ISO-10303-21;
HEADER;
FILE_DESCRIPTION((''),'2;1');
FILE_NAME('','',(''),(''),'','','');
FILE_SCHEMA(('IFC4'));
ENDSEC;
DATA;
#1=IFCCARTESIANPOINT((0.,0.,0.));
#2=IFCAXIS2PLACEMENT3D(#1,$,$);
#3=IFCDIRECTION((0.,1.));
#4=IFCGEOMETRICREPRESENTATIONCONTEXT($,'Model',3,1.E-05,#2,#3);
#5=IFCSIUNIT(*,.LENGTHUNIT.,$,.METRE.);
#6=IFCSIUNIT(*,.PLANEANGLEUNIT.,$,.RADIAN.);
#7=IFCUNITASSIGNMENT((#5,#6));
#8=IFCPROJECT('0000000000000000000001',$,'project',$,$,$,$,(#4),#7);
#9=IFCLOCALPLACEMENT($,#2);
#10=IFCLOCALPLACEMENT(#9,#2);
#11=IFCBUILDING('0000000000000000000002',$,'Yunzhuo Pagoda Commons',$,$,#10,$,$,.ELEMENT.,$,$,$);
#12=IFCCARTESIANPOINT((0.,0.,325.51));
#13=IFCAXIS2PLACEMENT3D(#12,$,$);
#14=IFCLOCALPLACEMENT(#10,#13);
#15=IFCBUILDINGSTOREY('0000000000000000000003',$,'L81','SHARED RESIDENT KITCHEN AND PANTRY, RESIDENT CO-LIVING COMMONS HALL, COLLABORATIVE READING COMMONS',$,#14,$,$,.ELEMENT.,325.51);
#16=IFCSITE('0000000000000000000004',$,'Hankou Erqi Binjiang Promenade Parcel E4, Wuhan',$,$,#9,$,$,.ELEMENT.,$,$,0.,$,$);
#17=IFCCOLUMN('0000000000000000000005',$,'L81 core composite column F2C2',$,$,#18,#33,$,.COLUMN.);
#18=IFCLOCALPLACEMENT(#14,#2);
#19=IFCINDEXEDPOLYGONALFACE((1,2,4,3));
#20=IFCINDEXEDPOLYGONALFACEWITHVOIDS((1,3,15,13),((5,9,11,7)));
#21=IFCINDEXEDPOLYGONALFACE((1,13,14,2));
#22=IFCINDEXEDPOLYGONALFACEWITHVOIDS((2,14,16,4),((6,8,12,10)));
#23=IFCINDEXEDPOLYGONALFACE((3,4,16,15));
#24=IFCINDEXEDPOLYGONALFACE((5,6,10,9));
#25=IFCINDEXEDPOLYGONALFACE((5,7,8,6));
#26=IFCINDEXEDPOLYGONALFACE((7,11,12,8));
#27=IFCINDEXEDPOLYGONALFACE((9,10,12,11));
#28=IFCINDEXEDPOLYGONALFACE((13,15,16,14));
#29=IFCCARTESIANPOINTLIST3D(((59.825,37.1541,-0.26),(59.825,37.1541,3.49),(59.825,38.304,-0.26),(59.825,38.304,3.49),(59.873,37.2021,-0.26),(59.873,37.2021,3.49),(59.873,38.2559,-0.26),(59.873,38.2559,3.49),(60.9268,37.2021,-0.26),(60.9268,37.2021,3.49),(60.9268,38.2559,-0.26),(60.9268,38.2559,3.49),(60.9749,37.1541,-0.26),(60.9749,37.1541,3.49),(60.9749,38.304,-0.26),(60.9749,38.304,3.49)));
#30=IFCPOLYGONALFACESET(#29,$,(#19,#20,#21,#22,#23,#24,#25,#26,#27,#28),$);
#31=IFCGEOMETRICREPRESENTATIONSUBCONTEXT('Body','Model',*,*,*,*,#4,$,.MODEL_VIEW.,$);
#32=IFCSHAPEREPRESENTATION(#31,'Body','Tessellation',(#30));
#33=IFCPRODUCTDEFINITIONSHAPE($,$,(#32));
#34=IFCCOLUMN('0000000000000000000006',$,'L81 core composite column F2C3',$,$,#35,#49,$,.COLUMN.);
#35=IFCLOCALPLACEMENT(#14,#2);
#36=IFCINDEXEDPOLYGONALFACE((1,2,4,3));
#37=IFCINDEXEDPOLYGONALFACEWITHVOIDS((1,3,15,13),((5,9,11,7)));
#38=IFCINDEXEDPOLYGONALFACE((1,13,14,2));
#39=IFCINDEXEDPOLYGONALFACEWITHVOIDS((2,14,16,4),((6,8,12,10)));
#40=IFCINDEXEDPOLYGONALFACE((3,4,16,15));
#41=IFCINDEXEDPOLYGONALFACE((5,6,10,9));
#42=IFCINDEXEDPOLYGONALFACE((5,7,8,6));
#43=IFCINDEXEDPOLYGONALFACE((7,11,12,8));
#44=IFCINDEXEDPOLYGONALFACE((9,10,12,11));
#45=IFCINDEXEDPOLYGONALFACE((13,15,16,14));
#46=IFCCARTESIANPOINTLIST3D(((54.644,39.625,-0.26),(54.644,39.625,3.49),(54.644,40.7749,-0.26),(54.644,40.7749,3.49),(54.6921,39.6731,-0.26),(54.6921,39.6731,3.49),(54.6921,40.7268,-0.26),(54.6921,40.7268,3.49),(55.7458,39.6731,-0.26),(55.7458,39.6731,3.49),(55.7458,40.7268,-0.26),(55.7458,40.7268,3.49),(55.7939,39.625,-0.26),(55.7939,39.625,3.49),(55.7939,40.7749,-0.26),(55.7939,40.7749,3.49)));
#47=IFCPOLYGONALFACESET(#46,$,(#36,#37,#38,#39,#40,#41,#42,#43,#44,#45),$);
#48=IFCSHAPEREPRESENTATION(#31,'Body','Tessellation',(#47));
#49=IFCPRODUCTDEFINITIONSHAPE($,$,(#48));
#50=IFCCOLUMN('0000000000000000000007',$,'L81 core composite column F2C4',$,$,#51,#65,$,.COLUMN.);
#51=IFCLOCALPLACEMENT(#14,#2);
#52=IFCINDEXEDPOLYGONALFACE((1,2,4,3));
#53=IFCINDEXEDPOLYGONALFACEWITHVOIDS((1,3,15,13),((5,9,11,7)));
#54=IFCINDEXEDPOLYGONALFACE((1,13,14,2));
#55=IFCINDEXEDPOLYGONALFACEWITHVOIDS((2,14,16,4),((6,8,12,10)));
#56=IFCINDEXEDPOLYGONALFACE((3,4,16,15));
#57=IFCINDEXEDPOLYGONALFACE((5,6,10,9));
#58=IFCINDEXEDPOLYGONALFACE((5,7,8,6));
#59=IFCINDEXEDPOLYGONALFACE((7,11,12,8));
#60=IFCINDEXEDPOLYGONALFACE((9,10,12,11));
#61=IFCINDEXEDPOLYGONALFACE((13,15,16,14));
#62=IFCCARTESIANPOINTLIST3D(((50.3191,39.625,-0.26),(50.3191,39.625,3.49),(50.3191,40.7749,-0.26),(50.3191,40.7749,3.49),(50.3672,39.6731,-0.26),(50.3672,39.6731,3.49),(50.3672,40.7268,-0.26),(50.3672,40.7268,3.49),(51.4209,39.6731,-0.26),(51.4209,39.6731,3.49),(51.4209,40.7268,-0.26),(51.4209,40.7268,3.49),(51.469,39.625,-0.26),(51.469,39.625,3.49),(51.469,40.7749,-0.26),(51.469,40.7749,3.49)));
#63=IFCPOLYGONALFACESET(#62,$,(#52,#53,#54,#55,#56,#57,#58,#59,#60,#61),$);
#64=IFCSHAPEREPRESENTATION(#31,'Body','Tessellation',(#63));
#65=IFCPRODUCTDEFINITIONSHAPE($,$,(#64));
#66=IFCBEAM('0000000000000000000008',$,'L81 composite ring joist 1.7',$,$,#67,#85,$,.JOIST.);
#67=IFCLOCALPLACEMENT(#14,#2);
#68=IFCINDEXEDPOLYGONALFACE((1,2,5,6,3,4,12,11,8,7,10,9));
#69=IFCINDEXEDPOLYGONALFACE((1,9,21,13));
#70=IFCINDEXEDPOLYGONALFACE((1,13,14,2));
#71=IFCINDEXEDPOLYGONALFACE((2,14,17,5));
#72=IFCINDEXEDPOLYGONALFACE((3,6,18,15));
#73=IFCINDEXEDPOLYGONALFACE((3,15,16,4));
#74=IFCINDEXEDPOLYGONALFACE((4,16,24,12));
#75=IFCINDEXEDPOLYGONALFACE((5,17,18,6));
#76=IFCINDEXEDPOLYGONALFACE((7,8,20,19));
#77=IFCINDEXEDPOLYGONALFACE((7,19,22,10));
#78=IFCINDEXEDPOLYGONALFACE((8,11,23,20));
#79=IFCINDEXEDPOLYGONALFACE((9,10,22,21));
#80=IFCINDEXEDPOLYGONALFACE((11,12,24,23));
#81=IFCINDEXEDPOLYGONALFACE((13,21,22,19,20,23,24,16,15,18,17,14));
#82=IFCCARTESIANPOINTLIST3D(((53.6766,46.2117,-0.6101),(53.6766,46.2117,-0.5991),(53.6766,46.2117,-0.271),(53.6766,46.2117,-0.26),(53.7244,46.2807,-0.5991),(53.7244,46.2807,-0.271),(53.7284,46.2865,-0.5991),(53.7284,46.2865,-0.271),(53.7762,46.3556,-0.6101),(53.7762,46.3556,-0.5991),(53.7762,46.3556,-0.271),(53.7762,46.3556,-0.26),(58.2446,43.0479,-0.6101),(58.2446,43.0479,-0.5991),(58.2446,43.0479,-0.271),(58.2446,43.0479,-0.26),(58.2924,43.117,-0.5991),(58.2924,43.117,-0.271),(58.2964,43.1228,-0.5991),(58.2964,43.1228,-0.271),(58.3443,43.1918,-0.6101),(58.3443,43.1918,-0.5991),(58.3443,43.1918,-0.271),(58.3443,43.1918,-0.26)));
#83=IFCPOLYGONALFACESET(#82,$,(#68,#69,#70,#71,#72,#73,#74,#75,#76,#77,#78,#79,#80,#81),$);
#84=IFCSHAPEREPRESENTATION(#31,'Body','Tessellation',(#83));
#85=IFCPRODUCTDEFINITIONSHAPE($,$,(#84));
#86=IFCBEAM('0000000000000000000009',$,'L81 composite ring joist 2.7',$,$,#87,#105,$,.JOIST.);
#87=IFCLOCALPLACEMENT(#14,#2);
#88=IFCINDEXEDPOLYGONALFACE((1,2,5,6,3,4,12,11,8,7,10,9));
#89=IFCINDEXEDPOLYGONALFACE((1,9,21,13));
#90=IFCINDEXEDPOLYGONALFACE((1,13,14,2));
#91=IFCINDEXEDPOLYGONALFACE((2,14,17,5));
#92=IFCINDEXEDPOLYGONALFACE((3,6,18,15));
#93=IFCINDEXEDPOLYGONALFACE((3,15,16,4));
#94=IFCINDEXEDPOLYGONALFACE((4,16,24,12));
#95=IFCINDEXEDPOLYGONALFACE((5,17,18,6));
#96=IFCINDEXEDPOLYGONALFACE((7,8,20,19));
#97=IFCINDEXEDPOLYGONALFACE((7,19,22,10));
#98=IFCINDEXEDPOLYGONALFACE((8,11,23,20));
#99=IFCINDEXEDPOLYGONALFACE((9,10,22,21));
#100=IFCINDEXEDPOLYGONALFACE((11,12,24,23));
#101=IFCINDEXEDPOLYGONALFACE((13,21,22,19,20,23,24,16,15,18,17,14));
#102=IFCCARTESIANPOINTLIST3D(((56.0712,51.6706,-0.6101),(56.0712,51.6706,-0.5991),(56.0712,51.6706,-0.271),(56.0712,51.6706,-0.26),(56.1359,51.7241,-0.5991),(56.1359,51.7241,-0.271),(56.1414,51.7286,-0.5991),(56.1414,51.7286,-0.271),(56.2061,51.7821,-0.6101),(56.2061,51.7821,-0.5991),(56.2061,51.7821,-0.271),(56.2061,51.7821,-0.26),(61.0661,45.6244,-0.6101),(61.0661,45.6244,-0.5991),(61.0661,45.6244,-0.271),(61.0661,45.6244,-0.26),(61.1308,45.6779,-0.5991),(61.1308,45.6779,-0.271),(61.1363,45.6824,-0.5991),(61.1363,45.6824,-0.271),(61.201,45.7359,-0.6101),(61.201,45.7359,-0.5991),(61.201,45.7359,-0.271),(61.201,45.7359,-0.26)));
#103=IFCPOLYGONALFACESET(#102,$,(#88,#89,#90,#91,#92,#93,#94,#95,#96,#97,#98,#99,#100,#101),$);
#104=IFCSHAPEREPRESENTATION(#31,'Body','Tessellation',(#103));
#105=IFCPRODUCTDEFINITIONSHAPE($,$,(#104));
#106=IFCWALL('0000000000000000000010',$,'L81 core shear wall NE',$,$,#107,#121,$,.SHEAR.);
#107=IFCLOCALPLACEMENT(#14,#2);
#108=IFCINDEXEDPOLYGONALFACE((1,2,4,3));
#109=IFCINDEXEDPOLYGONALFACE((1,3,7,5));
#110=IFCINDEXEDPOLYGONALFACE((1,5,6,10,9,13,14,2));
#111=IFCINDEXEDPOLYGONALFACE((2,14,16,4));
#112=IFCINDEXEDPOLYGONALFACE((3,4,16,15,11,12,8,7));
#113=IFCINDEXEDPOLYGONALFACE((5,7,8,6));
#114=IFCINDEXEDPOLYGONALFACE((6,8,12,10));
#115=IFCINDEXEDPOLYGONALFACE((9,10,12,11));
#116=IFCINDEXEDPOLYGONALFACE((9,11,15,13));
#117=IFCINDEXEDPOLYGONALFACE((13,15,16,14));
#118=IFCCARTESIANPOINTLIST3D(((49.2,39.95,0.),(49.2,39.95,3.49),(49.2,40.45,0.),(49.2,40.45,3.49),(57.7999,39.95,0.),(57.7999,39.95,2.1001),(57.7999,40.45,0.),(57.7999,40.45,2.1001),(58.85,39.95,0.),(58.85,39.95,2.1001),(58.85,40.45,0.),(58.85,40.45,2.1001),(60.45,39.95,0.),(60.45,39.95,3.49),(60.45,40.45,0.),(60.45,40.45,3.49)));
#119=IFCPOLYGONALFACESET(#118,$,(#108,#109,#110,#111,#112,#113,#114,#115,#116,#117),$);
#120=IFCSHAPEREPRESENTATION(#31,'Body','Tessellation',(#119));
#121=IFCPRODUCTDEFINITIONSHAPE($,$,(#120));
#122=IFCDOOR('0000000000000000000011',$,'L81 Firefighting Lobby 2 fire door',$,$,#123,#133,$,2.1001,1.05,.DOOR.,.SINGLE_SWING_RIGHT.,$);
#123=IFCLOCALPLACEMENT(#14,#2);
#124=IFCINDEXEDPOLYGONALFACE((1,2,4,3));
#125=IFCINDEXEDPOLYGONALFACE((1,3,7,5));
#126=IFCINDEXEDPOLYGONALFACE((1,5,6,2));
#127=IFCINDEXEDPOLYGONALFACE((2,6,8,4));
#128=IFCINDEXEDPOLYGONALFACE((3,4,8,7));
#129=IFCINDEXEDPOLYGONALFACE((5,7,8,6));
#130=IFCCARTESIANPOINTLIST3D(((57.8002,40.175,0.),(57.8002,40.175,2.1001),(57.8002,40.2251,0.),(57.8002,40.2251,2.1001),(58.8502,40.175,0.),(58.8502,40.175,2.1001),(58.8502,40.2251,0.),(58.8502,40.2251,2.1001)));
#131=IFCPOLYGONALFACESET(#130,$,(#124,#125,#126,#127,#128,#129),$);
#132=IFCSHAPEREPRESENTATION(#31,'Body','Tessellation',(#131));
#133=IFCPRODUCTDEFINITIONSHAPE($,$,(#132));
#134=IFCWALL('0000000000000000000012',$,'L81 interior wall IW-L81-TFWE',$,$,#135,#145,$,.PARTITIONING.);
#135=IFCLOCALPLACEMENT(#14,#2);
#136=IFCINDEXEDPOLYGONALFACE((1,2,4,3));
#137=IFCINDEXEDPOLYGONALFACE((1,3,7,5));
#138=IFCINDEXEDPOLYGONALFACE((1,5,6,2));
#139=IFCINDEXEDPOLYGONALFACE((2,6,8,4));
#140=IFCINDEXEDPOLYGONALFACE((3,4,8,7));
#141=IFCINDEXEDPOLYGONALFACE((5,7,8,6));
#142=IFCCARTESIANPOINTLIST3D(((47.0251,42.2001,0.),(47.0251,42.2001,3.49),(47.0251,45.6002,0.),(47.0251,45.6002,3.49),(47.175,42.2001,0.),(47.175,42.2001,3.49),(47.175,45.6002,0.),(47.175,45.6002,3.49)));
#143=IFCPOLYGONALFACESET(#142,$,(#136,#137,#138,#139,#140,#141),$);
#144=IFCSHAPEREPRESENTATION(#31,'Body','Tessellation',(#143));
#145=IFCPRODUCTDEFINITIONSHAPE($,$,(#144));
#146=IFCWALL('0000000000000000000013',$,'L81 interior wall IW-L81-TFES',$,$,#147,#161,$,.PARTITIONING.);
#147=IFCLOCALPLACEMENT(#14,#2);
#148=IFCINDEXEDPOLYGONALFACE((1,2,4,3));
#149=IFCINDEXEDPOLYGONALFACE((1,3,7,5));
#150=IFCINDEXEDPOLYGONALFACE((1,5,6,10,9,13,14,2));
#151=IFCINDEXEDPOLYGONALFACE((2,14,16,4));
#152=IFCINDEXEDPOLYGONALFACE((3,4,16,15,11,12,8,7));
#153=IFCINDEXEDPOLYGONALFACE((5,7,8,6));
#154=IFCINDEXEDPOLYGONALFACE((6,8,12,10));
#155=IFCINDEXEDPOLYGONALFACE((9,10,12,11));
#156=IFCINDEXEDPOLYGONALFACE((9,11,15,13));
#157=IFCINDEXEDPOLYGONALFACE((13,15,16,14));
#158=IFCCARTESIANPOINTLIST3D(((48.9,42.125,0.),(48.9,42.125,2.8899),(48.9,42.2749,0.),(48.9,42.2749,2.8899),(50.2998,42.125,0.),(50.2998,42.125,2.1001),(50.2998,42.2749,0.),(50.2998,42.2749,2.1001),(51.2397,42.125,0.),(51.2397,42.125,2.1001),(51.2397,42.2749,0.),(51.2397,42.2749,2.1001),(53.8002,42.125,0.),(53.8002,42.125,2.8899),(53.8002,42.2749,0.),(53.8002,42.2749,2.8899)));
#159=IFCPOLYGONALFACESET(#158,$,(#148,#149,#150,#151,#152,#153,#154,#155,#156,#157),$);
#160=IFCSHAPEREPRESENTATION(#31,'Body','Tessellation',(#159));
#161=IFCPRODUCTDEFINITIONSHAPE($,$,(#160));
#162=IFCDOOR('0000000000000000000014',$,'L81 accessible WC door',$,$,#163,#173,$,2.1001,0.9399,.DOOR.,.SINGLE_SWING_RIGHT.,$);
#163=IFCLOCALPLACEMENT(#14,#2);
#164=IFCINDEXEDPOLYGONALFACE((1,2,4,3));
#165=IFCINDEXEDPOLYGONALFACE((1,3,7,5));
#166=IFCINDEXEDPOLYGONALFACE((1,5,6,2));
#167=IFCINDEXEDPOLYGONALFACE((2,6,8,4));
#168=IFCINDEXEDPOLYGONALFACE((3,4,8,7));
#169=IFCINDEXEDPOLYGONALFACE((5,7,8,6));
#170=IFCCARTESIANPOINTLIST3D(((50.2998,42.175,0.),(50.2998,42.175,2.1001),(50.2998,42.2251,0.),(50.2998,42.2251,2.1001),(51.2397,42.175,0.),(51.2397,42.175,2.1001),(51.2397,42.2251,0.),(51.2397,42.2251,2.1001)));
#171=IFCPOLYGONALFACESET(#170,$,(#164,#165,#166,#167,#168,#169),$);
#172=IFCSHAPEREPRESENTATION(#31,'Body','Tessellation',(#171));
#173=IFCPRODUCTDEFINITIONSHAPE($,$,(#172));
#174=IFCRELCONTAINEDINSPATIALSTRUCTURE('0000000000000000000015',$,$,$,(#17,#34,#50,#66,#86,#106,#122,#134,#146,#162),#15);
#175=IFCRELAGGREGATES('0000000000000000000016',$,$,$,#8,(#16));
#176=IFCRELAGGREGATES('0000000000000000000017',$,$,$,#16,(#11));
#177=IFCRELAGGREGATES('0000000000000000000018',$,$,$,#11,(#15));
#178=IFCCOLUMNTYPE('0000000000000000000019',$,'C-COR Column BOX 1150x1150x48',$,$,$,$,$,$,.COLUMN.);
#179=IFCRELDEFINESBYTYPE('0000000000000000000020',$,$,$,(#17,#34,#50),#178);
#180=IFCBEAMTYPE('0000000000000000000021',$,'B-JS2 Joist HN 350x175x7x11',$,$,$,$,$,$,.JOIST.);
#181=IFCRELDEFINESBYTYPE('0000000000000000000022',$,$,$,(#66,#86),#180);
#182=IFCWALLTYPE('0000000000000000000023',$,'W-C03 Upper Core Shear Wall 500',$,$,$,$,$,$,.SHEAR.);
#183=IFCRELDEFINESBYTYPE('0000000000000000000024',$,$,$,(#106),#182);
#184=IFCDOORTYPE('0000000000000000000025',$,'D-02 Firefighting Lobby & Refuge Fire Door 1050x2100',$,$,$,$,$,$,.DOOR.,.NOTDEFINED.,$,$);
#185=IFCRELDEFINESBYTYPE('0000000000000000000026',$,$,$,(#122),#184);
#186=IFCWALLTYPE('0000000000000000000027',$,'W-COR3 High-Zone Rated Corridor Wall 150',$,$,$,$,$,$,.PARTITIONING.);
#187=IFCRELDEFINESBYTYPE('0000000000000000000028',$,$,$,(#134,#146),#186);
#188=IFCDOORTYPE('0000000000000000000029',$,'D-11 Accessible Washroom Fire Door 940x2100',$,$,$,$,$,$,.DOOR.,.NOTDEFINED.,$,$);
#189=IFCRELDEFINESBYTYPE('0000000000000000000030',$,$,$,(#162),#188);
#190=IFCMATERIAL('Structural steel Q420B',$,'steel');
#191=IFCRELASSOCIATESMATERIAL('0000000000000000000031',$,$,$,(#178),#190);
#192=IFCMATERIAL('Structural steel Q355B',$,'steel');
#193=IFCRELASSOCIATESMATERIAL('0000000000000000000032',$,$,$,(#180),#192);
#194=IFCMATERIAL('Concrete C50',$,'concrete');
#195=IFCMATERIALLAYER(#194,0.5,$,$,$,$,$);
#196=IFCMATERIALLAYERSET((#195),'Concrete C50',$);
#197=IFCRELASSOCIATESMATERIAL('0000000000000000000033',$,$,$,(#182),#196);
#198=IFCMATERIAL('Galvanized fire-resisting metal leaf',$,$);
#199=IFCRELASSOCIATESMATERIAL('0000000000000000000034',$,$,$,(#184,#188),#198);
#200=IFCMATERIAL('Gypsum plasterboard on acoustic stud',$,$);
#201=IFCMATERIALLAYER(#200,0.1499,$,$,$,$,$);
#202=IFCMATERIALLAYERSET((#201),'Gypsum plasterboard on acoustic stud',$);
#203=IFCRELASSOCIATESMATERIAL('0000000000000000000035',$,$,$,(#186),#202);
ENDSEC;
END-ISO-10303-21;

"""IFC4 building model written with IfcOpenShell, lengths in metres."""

from ifc_helpers import new_model, si_unit, direction, frame, frame_2d, origin, origin_2d, place, context, subcontext, project, spatial, rectangle, hollow_rectangle, i_section, extrude, source, transform, mapped, material, layer, layer_set, material_profile, profile_set, type_object, element, fill, save


model = new_model("IFC4")

# Units and contexts
model_context = context("Model", 3, precision=1e-05, world=origin(), true_north=direction((0.0, 1.0)))
body_context = subcontext(model_context, "Body", "Model", "MODEL_VIEW")
ifc_project = project(units=[si_unit("LENGTHUNIT", "METRE"), si_unit("PLANEANGLEUNIT", "RADIAN")], contexts=[model_context])

# Site, building, storey
site_placement = place(None, origin())
site = spatial("IfcSite", under=ifc_project, at=site_placement, Name="Hankou Erqi Binjiang Promenade Parcel E4, Wuhan", CompositionType="ELEMENT", RefElevation=0.0)
building_placement = place(site_placement, origin())
building = spatial("IfcBuilding", under=site, at=building_placement, Name="Yunzhuo Pagoda Commons", CompositionType="ELEMENT")
storey_placement = place(building_placement, frame((0.0, 0.0, 325.51)))
storey = spatial("IfcBuildingStorey", under=building, at=storey_placement, Name="L81", Description="SHARED RESIDENT KITCHEN AND PANTRY, RESIDENT CO-LIVING COMMONS HALL, COLLABORATIVE READING COMMONS", CompositionType="ELEMENT", Elevation=325.51)

# Columns
ifc_material_1 = material(Name="Structural steel Q420B", Category="steel")
ifc_material_profile_1 = material_profile(ifc_material_1, hollow_rectangle(XDim=1.1499, YDim=1.1499, WallThickness=0.0481, at=origin_2d()), Name="Structural steel Q420B")
ifc_profile_set_1 = profile_set([ifc_material_profile_1], Name="Structural steel Q420B")
column_type = type_object("IfcColumnType", Name="C-COR Column BOX 1150x1150x48", PredefinedType="COLUMN", material=ifc_profile_set_1)
shared_shape_1 = source(origin(), body_context, "Body", "SweptSolid", [
    extrude(hollow_rectangle(XDim=1.1499, YDim=1.1499, WallThickness=0.0481, at=origin_2d()), origin(), (0.0, 0.0, 1.0), 3.75),
])
for number, where, z_axis, x_axis, name in (
    (1, (60.3999, 37.729, -0.26), (0.0, 0.0, 1.0), (1.0, 0.0, 0.0), "L81 core composite column F2C2"),
    (2, (55.219, 40.2, -0.26), (0.0, 0.0, 1.0), (1.0, 0.0, 0.0), "L81 core composite column F2C3"),
    (3, (50.894, 40.2, -0.26), (0.0, 0.0, 1.0), (1.0, 0.0, 0.0), "L81 core composite column F2C4"),
):
    element("IfcColumn", number, at=place(storey_placement, frame(where, z_axis=z_axis, x_axis=x_axis)), inside=storey, type_object=column_type, Name=name, PredefinedType="COLUMN", context=body_context, shape_type="MappedRepresentation", body=[
        mapped(shared_shape_1, transform((0.0, 0.0, 0.0), scale=1.0)),
    ])

# Beams
ifc_material_2 = material(Name="Structural steel Q355B", Category="steel")
ifc_material_profile_2 = material_profile(ifc_material_2, i_section(OverallWidth=0.175, OverallDepth=0.3501, WebThickness=0.0071, FlangeThickness=0.011, at=origin_2d()), Name="Structural steel Q355B")
ifc_profile_set_2 = profile_set([ifc_material_profile_2], Name="Structural steel Q355B")
beam_type = type_object("IfcBeamType", Name="B-JS2 Joist HN 350x175x7x11", PredefinedType="JOIST", material=ifc_profile_set_2)
shared_shape_2 = source(origin(), body_context, "Body", "SweptSolid", [
    extrude(i_section(OverallWidth=0.175, OverallDepth=0.3501, WebThickness=0.0071, FlangeThickness=0.011, at=origin_2d()), origin(), (0.0, 0.0, 1.0), 5.5566),
])
beam_1_placement = place(storey_placement, frame((58.2944, 43.1199, -0.4351), z_axis=(-0.822085, 0.569365, 0.0), x_axis=(-0.569365, -0.822085, 0.0)))
element("IfcBeam", 4, at=beam_1_placement, inside=storey, type_object=beam_type, Name="L81 composite ring joist 1.7", PredefinedType="JOIST", context=body_context, shape_type="MappedRepresentation", body=[
    mapped(shared_shape_2, transform((0.0, 0.0, 0.0), scale=1.0)),
])
shared_shape_3 = source(origin(), body_context, "Body", "SweptSolid", [
    extrude(i_section(OverallWidth=0.175, OverallDepth=0.3501, WebThickness=0.0071, FlangeThickness=0.011, at=origin_2d()), origin(), (0.0, 0.0, 1.0), 7.8425),
])
beam_2_placement = place(storey_placement, frame((61.1335, 45.6802, -0.4351), z_axis=(-0.636899, 0.770947, 0.0), x_axis=(-0.770947, -0.636899, 0.0)))
element("IfcBeam", 5, at=beam_2_placement, inside=storey, type_object=beam_type, Name="L81 composite ring joist 2.7", PredefinedType="JOIST", context=body_context, shape_type="MappedRepresentation", body=[
    mapped(shared_shape_3, transform((0.0, 0.0, 0.0), scale=1.0)),
])

# Wall, opening, door
ifc_material_3 = material(Name="Concrete C50", Category="concrete")
ifc_layer_1 = layer(ifc_material_3, 0.5)
ifc_layer_set_1 = layer_set([ifc_layer_1], Name="Concrete C50")
wall_type_1 = type_object("IfcWallType", Name="W-C03 Upper Core Shear Wall 500", PredefinedType="SHEAR", material=ifc_layer_set_1)
wall_1_placement = place(storey_placement, frame((49.2, 40.2, 0.0), z_axis=(0.0, 0.0, 1.0), x_axis=(1.0, 0.0, 0.0)))
wall_1 = element("IfcWall", 6, at=wall_1_placement, inside=storey, type_object=wall_type_1, Name="L81 core shear wall NE", PredefinedType="SHEAR", context=body_context, shape_type="SweptSolid", body=[
    extrude(rectangle(XDim=11.25, YDim=0.5, at=frame_2d((5.625, 0.0))), origin(), (0.0, 0.0, 1.0), 3.49),
])
opening_1_placement = place(wall_1_placement, frame((8.6001, 0.0, 0.0)))
opening_1 = element("IfcOpeningElement", 7, at=opening_1_placement, cuts=wall_1, PredefinedType="OPENING", context=body_context, shape_type="SweptSolid", body=[
    extrude(rectangle(XDim=1.05, YDim=2.1001, at=frame_2d((0.5249, 1.05))), frame((0.0, 0.26, 0.0), z_axis=(0.0, -1.0, 0.0), x_axis=(1.0, 0.0, 0.0)), (0.0, 0.0, 1.0), 0.52),
])
ifc_material_4 = material(Name="Galvanized fire-resisting metal leaf")
door_type_1 = type_object("IfcDoorType", Name="D-02 Firefighting Lobby & Refuge Fire Door 1050x2100", OperationType="NOTDEFINED", PredefinedType="DOOR", material=ifc_material_4)
shared_shape_4 = source(origin(), body_context, "Body", "SweptSolid", [
    extrude(rectangle(XDim=1.05, YDim=2.1001, at=frame_2d((0.5249, 1.05))), frame((0.0, 0.0249, 0.0), z_axis=(0.0, -1.0, 0.0), x_axis=(1.0, 0.0, 0.0)), (0.0, 0.0, 1.0), 0.05),
])
door_1_placement = place(opening_1_placement, frame((1.05, 0.0, 0.0), z_axis=(0.0, 0.0, 1.0), x_axis=(-1.0, 0.0, 0.0)))
door_1 = element("IfcDoor", 8, at=door_1_placement, inside=storey, type_object=door_type_1, Name="L81 Firefighting Lobby 2 fire door", OperationType="SINGLE_SWING_RIGHT", OverallHeight=2.1001, OverallWidth=1.05, PredefinedType="DOOR", context=body_context, shape_type="MappedRepresentation", body=[
    mapped(shared_shape_4, transform((0.0, 0.0, 0.0), scale=1.0)),
])
fill(opening_1, door_1)

# Wall
ifc_material_5 = material(Name="Gypsum plasterboard on acoustic stud")
ifc_layer_2 = layer(ifc_material_5, 0.1499)
ifc_layer_set_2 = layer_set([ifc_layer_2], Name="Gypsum plasterboard on acoustic stud")
wall_type_2 = type_object("IfcWallType", Name="W-COR3 High-Zone Rated Corridor Wall 150", PredefinedType="PARTITIONING", material=ifc_layer_set_2)
wall_2_placement = place(storey_placement, frame((47.1001, 42.2, 0.0), z_axis=(0.0, 0.0, 1.0), x_axis=(0.0, 1.0, 0.0)))
element("IfcWall", 9, at=wall_2_placement, inside=storey, type_object=wall_type_2, Name="L81 interior wall IW-L81-TFWE", PredefinedType="PARTITIONING", context=body_context, shape_type="SweptSolid", body=[
    extrude(rectangle(XDim=3.4001, YDim=0.1499, at=frame_2d((1.7002, 0.0))), origin(), (0.0, 0.0, 1.0), 3.49),
])

# Wall, opening, door
wall_3_placement = place(storey_placement, frame((48.8999, 42.2, 0.0), z_axis=(0.0, 0.0, 1.0), x_axis=(1.0, 0.0, 0.0)))
wall_3 = element("IfcWall", 10, at=wall_3_placement, inside=storey, type_object=wall_type_2, Name="L81 interior wall IW-L81-TFES", PredefinedType="PARTITIONING", context=body_context, shape_type="SweptSolid", body=[
    extrude(rectangle(XDim=4.9001, YDim=0.1499, at=frame_2d((2.4502, 0.0))), origin(), (0.0, 0.0, 1.0), 2.8899),
])
opening_2_placement = place(wall_3_placement, frame((1.3999, 0.0, 0.0)))
opening_2 = element("IfcOpeningElement", 11, at=opening_2_placement, cuts=wall_3, PredefinedType="OPENING", context=body_context, shape_type="SweptSolid", body=[
    extrude(rectangle(XDim=0.9399, YDim=2.1001, at=frame_2d((0.47, 1.05))), frame((0.0, 0.085, 0.0), z_axis=(0.0, -1.0, 0.0), x_axis=(1.0, 0.0, 0.0)), (0.0, 0.0, 1.0), 0.1699),
])
door_type_2 = type_object("IfcDoorType", Name="D-11 Accessible Washroom Fire Door 940x2100", OperationType="NOTDEFINED", PredefinedType="DOOR", material=ifc_material_4)
shared_shape_5 = source(origin(), body_context, "Body", "SweptSolid", [
    extrude(rectangle(XDim=0.9399, YDim=2.1001, at=frame_2d((0.47, 1.05))), frame((0.0, 0.0249, 0.0), z_axis=(0.0, -1.0, 0.0), x_axis=(1.0, 0.0, 0.0)), (0.0, 0.0, 1.0), 0.05),
])
door_2_placement = place(opening_2_placement, frame((0.9399, 0.0, 0.0), z_axis=(0.0, 0.0, 1.0), x_axis=(-1.0, 0.0, 0.0)))
door_2 = element("IfcDoor", 12, at=door_2_placement, inside=storey, type_object=door_type_2, Name="L81 accessible WC door", OperationType="SINGLE_SWING_RIGHT", OverallHeight=2.1001, OverallWidth=0.9399, PredefinedType="DOOR", context=body_context, shape_type="MappedRepresentation", body=[
    mapped(shared_shape_5, transform((0.0, 0.0, 0.0), scale=1.0)),
])
fill(opening_2, door_2)

save(model, "model.ifc")
